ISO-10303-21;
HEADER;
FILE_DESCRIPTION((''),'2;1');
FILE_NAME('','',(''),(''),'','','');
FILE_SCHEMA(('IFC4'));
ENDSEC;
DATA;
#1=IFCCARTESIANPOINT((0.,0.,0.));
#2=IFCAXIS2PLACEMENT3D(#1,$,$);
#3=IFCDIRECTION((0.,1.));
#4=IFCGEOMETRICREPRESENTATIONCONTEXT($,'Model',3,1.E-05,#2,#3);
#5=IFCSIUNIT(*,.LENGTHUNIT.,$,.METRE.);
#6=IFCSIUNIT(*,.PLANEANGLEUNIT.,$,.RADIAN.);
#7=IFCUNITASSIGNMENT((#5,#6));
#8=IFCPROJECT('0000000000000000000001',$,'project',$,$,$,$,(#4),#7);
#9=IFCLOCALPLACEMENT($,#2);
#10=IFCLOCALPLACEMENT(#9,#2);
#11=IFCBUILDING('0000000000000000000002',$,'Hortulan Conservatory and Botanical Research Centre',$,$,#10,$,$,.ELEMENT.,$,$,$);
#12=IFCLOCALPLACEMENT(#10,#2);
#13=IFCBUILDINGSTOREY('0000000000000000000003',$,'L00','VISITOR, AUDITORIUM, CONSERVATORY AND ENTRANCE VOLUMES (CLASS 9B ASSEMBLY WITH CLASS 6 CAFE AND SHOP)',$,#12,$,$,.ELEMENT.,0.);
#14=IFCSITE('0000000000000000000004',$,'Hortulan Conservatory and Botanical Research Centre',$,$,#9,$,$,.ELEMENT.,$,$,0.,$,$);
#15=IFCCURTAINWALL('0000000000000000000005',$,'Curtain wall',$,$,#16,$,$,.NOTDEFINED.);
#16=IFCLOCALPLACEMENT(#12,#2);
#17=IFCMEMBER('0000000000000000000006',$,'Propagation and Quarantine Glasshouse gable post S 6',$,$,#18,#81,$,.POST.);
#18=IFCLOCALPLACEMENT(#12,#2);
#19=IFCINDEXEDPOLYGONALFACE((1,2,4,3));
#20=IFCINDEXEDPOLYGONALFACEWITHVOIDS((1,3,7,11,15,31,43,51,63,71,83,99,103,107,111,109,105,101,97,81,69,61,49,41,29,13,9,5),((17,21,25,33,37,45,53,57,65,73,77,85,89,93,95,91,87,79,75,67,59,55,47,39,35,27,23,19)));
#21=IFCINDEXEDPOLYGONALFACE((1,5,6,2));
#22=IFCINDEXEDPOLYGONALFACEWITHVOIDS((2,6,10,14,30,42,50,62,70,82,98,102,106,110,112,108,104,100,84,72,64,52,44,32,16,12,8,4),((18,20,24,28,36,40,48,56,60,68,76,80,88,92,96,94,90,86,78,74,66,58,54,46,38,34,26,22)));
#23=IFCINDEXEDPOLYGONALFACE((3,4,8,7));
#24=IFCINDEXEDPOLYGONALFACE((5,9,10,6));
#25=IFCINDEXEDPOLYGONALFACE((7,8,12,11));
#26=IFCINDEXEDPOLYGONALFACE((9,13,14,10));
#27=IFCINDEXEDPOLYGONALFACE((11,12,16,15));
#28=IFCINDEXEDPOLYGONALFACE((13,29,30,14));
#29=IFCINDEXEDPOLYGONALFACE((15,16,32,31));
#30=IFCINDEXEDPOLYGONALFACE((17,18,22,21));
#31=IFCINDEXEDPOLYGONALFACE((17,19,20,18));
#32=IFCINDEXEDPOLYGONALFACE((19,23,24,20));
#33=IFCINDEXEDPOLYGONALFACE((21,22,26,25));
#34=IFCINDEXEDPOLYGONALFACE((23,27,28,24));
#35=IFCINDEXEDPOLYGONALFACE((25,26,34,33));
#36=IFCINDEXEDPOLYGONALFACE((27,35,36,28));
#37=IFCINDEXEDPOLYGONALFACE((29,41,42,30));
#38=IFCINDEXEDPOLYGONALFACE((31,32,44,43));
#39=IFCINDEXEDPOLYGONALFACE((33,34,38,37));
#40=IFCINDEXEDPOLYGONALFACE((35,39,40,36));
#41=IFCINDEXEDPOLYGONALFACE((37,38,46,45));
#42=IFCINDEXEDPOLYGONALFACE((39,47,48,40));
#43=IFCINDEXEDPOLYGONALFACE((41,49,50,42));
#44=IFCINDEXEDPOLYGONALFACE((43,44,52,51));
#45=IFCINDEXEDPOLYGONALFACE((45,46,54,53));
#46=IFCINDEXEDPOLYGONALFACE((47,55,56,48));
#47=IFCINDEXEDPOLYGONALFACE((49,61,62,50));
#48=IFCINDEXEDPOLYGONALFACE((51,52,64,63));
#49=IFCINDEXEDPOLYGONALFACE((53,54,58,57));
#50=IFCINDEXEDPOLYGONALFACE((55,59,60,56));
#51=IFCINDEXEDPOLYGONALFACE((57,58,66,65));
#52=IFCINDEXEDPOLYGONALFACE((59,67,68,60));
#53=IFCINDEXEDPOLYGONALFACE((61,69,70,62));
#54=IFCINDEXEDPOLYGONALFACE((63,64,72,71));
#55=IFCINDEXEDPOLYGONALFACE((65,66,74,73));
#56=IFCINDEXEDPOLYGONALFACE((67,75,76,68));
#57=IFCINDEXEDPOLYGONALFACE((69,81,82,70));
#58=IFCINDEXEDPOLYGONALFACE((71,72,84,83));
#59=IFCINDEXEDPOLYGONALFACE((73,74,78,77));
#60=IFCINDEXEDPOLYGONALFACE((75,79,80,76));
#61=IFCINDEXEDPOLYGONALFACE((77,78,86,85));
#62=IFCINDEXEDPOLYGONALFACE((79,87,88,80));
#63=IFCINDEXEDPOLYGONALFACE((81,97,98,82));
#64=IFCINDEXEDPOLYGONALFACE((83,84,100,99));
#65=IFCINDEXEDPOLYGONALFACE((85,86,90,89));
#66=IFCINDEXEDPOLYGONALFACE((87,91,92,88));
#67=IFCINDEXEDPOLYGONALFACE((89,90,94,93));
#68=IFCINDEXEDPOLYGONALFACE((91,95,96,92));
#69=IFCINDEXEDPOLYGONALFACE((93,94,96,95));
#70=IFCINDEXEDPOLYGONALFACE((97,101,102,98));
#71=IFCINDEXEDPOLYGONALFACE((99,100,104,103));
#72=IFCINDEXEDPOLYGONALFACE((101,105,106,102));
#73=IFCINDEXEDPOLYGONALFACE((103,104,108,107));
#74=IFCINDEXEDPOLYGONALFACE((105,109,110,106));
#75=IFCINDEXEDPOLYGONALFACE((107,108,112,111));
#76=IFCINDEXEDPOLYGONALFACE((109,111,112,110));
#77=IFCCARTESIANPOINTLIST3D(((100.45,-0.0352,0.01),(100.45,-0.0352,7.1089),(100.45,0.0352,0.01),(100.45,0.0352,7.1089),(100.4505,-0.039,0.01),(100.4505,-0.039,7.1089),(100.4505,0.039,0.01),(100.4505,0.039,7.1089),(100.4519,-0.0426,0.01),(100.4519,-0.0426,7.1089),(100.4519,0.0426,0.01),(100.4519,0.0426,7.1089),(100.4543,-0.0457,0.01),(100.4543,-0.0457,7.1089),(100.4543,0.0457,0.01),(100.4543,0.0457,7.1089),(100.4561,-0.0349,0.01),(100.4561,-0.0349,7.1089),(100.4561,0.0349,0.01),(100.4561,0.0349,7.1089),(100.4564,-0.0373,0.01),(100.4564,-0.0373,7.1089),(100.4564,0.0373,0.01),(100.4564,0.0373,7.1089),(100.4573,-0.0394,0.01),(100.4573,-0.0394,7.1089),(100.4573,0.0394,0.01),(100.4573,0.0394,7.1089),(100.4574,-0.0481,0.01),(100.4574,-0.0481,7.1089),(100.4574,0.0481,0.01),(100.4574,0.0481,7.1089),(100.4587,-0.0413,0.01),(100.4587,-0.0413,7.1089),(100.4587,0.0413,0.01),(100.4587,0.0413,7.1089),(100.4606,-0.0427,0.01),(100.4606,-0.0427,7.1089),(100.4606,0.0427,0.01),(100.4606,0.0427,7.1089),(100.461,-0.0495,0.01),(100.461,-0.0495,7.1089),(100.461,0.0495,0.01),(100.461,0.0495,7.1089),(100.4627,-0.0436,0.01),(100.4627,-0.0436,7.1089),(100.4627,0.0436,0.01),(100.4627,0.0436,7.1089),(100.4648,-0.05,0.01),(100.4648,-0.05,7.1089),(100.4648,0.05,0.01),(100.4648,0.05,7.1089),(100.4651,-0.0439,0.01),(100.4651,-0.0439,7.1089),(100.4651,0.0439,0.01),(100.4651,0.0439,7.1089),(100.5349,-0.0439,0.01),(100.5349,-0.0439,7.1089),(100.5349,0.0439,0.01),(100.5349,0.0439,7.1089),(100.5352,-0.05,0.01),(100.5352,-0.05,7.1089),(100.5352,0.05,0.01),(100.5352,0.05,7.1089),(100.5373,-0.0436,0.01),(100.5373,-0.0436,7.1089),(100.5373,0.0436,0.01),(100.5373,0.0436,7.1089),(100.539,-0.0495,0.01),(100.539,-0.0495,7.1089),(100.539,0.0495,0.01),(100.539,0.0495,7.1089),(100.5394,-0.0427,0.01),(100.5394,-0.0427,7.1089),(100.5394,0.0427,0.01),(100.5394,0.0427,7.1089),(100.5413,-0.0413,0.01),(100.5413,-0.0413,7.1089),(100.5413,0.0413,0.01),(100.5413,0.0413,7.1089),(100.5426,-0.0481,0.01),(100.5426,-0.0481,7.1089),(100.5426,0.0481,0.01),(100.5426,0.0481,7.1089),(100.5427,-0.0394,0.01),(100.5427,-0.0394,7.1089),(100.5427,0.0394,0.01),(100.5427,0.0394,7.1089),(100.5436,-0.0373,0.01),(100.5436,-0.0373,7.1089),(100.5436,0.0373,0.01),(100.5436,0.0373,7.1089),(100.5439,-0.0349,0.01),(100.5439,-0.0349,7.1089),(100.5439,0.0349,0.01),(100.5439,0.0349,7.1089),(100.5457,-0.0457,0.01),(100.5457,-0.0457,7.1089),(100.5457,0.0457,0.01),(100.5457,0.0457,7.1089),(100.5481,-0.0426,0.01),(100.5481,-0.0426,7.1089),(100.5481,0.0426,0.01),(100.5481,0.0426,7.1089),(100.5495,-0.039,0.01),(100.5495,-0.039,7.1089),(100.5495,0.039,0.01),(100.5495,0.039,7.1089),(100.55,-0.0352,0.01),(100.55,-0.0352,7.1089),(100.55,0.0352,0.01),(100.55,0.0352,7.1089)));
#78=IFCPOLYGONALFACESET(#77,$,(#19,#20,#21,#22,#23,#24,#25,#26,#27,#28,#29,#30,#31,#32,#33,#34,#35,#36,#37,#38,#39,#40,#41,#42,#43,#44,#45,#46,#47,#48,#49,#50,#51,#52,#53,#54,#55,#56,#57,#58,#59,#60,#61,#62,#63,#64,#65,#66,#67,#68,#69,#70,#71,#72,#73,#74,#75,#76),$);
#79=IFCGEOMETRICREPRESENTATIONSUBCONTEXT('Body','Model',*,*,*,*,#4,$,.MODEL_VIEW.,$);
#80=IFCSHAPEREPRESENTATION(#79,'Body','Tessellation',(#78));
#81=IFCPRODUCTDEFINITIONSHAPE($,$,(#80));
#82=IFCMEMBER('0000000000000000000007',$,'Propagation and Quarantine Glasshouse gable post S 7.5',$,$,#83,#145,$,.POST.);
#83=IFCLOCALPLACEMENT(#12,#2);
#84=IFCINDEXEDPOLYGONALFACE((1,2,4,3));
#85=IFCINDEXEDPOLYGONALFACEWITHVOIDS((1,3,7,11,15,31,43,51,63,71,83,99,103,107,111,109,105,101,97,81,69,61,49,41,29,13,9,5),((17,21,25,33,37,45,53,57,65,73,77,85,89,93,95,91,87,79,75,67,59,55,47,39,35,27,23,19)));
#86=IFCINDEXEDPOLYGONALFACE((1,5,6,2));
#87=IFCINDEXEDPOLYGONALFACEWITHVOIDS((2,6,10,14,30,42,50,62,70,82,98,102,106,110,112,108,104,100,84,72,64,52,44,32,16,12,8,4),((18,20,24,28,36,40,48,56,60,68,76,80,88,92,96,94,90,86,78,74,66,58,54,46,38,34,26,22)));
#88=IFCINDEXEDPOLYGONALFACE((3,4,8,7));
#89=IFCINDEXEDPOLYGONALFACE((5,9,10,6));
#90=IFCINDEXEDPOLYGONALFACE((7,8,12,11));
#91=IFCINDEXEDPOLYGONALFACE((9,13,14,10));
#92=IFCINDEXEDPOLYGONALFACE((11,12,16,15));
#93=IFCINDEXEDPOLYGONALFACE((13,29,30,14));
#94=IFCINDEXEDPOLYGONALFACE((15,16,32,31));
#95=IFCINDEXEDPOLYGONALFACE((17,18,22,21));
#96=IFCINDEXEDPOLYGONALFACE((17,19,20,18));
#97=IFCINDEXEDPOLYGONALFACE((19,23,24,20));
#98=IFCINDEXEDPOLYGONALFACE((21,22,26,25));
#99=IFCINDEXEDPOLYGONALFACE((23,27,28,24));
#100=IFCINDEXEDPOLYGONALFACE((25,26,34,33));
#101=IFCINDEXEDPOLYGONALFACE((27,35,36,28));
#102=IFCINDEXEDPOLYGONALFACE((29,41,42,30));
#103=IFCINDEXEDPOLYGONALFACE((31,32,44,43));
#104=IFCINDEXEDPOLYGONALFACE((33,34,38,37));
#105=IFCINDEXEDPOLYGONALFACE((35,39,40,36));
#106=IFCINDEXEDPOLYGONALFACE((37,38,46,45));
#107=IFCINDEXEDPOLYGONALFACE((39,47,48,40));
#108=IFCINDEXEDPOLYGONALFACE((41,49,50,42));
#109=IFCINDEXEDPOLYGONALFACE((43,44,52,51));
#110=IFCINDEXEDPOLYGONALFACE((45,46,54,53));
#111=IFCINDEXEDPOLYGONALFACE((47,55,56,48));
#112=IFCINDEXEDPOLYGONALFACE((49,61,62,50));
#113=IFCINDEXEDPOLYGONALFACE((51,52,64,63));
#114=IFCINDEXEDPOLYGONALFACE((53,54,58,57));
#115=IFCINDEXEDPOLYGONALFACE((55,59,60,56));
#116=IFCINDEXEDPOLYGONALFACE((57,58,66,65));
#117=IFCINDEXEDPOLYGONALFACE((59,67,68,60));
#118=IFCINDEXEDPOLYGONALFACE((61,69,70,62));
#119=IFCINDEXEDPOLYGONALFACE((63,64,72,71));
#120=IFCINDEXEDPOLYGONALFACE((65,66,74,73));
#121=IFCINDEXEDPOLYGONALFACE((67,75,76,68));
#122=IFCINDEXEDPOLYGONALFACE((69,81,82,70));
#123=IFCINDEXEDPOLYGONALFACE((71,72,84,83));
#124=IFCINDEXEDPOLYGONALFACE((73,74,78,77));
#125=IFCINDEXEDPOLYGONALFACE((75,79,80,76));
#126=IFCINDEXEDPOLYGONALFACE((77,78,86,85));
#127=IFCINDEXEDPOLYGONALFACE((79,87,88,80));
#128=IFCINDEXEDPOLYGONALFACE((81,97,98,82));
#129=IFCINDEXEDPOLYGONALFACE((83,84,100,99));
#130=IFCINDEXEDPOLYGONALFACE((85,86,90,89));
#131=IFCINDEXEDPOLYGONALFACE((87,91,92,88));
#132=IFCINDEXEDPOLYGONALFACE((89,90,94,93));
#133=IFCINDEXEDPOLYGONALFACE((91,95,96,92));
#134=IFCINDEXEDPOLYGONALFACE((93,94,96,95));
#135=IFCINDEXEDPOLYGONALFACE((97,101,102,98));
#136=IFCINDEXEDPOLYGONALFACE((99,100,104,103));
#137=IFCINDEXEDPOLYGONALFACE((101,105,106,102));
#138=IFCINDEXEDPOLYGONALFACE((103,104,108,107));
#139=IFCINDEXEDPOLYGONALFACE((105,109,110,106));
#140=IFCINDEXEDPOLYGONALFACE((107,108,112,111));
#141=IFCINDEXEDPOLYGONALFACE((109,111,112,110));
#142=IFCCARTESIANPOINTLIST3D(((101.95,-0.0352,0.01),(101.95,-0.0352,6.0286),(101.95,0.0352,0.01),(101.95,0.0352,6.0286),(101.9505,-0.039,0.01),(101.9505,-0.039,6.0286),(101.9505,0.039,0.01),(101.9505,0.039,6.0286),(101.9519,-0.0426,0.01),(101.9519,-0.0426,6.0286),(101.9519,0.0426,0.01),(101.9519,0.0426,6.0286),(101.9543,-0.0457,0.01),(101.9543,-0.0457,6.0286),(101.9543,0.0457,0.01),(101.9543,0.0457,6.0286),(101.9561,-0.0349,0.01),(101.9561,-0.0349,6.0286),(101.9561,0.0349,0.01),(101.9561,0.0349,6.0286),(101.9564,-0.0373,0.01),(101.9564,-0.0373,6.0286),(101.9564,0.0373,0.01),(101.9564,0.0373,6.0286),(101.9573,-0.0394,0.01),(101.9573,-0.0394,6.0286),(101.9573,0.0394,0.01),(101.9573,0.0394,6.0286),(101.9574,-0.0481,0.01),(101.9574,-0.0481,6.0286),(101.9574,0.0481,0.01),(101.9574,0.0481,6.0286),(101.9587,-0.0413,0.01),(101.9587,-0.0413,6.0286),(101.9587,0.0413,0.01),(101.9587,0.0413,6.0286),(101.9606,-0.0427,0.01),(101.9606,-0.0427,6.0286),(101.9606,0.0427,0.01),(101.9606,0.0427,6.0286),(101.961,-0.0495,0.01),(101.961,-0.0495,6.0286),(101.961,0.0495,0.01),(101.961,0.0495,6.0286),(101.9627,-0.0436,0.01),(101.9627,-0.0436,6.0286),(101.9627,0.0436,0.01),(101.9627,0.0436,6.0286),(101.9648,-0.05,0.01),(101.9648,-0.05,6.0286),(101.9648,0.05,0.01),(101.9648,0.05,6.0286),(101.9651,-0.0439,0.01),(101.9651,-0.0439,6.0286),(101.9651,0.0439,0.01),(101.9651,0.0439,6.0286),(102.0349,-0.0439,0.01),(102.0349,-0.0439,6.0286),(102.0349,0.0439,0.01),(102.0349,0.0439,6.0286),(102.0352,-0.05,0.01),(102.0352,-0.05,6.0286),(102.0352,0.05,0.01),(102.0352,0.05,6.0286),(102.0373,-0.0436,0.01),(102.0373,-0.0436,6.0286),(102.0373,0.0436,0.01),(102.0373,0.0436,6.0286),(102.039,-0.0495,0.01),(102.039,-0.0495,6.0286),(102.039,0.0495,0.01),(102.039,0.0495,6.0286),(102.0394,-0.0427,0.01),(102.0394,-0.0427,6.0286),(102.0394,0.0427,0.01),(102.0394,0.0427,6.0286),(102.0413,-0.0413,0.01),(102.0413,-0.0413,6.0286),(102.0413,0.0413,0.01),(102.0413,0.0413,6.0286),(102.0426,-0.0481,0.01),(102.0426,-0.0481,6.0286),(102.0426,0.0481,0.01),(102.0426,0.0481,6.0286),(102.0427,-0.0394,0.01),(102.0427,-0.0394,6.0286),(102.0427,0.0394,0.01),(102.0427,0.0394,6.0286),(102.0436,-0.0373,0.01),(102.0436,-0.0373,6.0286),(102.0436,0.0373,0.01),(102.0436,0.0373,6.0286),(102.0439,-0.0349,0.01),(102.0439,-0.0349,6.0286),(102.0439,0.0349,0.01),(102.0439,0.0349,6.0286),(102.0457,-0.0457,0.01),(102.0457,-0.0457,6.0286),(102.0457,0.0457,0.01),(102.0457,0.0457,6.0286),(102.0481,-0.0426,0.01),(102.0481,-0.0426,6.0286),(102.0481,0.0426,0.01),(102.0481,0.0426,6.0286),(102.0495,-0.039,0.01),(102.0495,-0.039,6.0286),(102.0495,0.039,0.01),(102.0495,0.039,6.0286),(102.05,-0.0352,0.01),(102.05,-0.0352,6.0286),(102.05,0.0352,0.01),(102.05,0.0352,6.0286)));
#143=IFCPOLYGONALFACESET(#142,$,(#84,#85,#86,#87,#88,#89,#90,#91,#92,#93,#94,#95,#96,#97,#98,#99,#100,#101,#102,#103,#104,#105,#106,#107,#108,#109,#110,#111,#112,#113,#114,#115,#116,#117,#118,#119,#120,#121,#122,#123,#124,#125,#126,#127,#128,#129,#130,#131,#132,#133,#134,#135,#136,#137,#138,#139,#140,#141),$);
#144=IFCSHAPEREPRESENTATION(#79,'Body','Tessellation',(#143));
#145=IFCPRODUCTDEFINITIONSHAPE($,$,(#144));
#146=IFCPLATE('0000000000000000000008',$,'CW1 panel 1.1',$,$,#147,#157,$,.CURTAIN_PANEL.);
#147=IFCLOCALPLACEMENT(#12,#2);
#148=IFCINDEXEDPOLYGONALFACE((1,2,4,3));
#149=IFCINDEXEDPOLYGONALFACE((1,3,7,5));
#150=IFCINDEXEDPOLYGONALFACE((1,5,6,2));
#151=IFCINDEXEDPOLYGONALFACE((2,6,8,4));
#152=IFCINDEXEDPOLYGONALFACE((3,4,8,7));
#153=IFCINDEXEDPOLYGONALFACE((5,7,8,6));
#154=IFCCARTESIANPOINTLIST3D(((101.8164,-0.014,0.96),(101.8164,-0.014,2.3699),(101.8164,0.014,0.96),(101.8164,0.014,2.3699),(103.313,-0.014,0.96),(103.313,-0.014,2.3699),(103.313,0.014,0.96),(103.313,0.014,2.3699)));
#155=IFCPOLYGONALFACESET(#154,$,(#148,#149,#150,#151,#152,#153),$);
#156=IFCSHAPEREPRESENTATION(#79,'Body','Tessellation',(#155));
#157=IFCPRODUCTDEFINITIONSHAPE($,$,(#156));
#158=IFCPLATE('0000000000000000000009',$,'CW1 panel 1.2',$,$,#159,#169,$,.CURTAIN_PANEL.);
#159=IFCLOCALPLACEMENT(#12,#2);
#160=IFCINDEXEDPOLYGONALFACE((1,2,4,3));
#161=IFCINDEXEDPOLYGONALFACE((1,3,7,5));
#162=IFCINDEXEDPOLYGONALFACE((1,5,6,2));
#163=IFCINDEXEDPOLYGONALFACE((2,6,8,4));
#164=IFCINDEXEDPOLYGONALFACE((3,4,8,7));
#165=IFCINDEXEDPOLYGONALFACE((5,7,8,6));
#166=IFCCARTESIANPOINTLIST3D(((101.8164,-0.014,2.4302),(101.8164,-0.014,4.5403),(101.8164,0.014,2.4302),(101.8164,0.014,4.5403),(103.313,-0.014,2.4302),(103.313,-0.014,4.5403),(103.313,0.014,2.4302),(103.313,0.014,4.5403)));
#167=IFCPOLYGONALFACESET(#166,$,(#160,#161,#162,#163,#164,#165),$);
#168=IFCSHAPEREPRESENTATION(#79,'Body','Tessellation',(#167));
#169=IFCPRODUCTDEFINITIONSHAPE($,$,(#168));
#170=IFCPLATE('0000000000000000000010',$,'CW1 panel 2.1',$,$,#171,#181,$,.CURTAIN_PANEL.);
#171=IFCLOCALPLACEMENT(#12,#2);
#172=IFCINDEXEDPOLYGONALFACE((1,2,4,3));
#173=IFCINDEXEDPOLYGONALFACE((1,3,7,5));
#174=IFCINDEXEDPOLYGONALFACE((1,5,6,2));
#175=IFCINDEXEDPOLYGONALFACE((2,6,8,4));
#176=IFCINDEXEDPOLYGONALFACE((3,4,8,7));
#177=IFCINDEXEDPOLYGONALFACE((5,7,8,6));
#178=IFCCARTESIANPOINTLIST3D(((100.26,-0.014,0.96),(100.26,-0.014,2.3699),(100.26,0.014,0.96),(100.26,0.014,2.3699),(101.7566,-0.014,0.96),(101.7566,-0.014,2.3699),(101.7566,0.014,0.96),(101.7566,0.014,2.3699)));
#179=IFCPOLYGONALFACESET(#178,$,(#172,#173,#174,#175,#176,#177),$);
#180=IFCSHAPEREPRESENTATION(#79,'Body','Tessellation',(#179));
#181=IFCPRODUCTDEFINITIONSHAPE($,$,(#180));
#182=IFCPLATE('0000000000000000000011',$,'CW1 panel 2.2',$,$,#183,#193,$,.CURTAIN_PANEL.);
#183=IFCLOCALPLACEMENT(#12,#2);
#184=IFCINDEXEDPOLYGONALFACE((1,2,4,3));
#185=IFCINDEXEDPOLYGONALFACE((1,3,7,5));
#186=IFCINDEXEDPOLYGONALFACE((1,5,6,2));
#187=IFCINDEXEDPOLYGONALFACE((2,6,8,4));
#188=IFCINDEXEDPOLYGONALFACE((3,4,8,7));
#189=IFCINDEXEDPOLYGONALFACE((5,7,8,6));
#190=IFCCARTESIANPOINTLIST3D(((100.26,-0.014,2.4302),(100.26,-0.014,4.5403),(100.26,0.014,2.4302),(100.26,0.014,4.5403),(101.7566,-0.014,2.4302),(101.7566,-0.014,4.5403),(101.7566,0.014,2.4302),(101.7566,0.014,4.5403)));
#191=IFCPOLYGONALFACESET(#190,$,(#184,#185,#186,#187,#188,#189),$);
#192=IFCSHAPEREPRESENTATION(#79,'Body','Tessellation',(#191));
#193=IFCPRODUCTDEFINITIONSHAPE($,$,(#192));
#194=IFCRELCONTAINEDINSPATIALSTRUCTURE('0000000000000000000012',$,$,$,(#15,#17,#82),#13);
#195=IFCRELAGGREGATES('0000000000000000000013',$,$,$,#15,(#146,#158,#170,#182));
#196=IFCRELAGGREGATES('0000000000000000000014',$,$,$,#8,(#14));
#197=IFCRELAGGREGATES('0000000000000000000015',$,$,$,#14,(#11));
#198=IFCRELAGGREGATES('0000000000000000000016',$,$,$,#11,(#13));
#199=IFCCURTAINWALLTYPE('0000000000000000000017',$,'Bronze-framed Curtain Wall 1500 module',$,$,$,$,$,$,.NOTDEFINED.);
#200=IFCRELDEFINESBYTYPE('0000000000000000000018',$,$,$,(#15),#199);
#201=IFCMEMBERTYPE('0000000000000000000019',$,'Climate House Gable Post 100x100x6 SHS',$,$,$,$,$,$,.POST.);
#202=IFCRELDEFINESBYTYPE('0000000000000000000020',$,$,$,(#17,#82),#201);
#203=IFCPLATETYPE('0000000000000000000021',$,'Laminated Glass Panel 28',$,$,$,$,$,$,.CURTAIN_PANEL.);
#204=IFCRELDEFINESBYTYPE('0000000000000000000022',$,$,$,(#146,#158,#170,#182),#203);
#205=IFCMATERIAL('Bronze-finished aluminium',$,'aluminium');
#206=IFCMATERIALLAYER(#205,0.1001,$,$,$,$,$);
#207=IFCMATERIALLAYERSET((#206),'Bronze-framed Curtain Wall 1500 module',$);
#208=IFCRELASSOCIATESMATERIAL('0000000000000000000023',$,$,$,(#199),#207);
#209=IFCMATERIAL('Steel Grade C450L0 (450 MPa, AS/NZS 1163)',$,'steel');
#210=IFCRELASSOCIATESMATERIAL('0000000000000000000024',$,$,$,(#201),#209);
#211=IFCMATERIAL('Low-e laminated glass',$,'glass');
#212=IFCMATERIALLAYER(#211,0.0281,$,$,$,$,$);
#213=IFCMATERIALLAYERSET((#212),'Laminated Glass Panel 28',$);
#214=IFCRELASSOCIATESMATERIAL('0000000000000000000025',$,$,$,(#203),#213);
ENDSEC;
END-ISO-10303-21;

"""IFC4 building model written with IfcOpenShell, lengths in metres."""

from ifc_helpers import new_model, si_unit, direction, frame, origin, origin_2d, place, context, subcontext, project, spatial, rectangle, hollow_rectangle, extrude, material, layer, layer_set, material_profile, profile_set, type_object, element, aggregate, save


model = new_model("IFC4")

# Units and contexts
model_context = context("Model", 3, precision=1e-05, world=origin(), true_north=direction((0.0, 1.0)))
body_context = subcontext(model_context, "Body", "Model", "MODEL_VIEW")
ifc_project = project(units=[si_unit("LENGTHUNIT", "METRE"), si_unit("PLANEANGLEUNIT", "RADIAN")], contexts=[model_context])

# Site, building, storey
site_placement = place(None, origin())
site = spatial("IfcSite", under=ifc_project, at=site_placement, Name="Hortulan Conservatory and Botanical Research Centre", CompositionType="ELEMENT", RefElevation=0.0)
building_placement = place(site_placement, origin())
building = spatial("IfcBuilding", under=site, at=building_placement, Name="Hortulan Conservatory and Botanical Research Centre", CompositionType="ELEMENT")
storey_placement = place(building_placement, origin())
storey = spatial("IfcBuildingStorey", under=building, at=storey_placement, Name="L00", Description="VISITOR, AUDITORIUM, CONSERVATORY AND ENTRANCE VOLUMES (CLASS 9B ASSEMBLY WITH CLASS 6 CAFE AND SHOP)", CompositionType="ELEMENT", Elevation=0.0)

# Curtain wall
ifc_material_1 = material(Name="Bronze-finished aluminium", Category="aluminium")
ifc_layer_1 = layer(ifc_material_1, 0.1001)
ifc_layer_set_1 = layer_set([ifc_layer_1], Name="Bronze-framed Curtain Wall 1500 module")
curtain_wall_type = type_object("IfcCurtainWallType", Name="Bronze-framed Curtain Wall 1500 module", PredefinedType="NOTDEFINED", material=ifc_layer_set_1)
curtain_wall_1_placement = place(storey_placement, origin())
curtain_wall_1 = element("IfcCurtainWall", 1, at=curtain_wall_1_placement, inside=storey, type_object=curtain_wall_type, Name="Curtain wall", PredefinedType="NOTDEFINED")

# Members
ifc_material_2 = material(Name="Steel Grade C450L0 (450 MPa, AS/NZS 1163)", Category="steel")
ifc_material_profile_1 = material_profile(ifc_material_2, hollow_rectangle(XDim=0.1001, YDim=0.1001, WallThickness=0.0061, InnerFilletRadius=0.009, OuterFilletRadius=0.0149, at=origin_2d()), Name="100x100x6SHS")
ifc_profile_set_1 = profile_set([ifc_material_profile_1], Name="Steel Grade C450L0 (450 MPa, AS/NZS 1163)")
member_type_1 = type_object("IfcMemberType", Name="Climate House Gable Post 100x100x6 SHS", PredefinedType="POST", material=ifc_profile_set_1)
member_1_placement = place(storey_placement, frame((100.5, 0.0, 0.01), z_axis=(0.0, 0.0, 1.0), x_axis=(1.0, 0.0, 0.0)))
element("IfcMember", 2, at=member_1_placement, inside=storey, type_object=member_type_1, Name="Propagation and Quarantine Glasshouse gable post S 6", PredefinedType="POST", context=body_context, shape_type="SweptSolid", body=[
    extrude(hollow_rectangle(XDim=0.1001, YDim=0.1001, WallThickness=0.0061, InnerFilletRadius=0.009, OuterFilletRadius=0.0149, at=origin_2d()), origin(), (0.0, 0.0, 1.0), 7.0989),
])
member_2_placement = place(storey_placement, frame((102.0, 0.0, 0.01), z_axis=(0.0, 0.0, 1.0), x_axis=(1.0, 0.0, 0.0)))
element("IfcMember", 3, at=member_2_placement, inside=storey, type_object=member_type_1, Name="Propagation and Quarantine Glasshouse gable post S 7.5", PredefinedType="POST", context=body_context, shape_type="SweptSolid", body=[
    extrude(hollow_rectangle(XDim=0.1001, YDim=0.1001, WallThickness=0.0061, InnerFilletRadius=0.009, OuterFilletRadius=0.0149, at=origin_2d()), origin(), (0.0, 0.0, 1.0), 6.0186),
])

# Plates
ifc_material_3 = material(Name="Low-e laminated glass", Category="glass")
ifc_layer_2 = layer(ifc_material_3, 0.0281)
ifc_layer_set_2 = layer_set([ifc_layer_2], Name="Laminated Glass Panel 28")
plate_type = type_object("IfcPlateType", Name="Laminated Glass Panel 28", PredefinedType="CURTAIN_PANEL", material=ifc_layer_set_2)
plate_1_placement = place(storey_placement, frame((102.5647, 0.0, 0.96), z_axis=(0.0, 0.0, 1.0), x_axis=(-1.0, 0.0, 0.0)))
plate_1 = element("IfcPlate", 4, at=plate_1_placement, type_object=plate_type, Name="CW1 panel 1.1", PredefinedType="CURTAIN_PANEL", context=body_context, shape_type="SweptSolid", body=[
    extrude(rectangle(XDim=1.4966, YDim=0.0281, at=origin_2d()), origin(), (0.0, 0.0, 1.0), 1.4099),
])
plate_2_placement = place(storey_placement, frame((102.5647, 0.0, 2.4302), z_axis=(0.0, 0.0, 1.0), x_axis=(-1.0, 0.0, 0.0)))
plate_2 = element("IfcPlate", 5, at=plate_2_placement, type_object=plate_type, Name="CW1 panel 1.2", PredefinedType="CURTAIN_PANEL", context=body_context, shape_type="SweptSolid", body=[
    extrude(rectangle(XDim=1.4966, YDim=0.0281, at=origin_2d()), origin(), (0.0, 0.0, 1.0), 2.1101),
])
plate_3_placement = place(storey_placement, frame((101.0083, 0.0, 0.96), z_axis=(0.0, 0.0, 1.0), x_axis=(-1.0, 0.0, 0.0)))
plate_3 = element("IfcPlate", 6, at=plate_3_placement, type_object=plate_type, Name="CW1 panel 2.1", PredefinedType="CURTAIN_PANEL", context=body_context, shape_type="SweptSolid", body=[
    extrude(rectangle(XDim=1.4966, YDim=0.0281, at=origin_2d()), origin(), (0.0, 0.0, 1.0), 1.4099),
])
plate_4_placement = place(storey_placement, frame((101.0083, 0.0, 2.4302), z_axis=(0.0, 0.0, 1.0), x_axis=(-1.0, 0.0, 0.0)))
plate_4 = element("IfcPlate", 7, at=plate_4_placement, type_object=plate_type, Name="CW1 panel 2.2", PredefinedType="CURTAIN_PANEL", context=body_context, shape_type="SweptSolid", body=[
    extrude(rectangle(XDim=1.4966, YDim=0.0281, at=origin_2d()), origin(), (0.0, 0.0, 1.0), 2.1101),
])
aggregate(curtain_wall_1, [plate_1, plate_2, plate_3, plate_4])

save(model, "model.ifc")
